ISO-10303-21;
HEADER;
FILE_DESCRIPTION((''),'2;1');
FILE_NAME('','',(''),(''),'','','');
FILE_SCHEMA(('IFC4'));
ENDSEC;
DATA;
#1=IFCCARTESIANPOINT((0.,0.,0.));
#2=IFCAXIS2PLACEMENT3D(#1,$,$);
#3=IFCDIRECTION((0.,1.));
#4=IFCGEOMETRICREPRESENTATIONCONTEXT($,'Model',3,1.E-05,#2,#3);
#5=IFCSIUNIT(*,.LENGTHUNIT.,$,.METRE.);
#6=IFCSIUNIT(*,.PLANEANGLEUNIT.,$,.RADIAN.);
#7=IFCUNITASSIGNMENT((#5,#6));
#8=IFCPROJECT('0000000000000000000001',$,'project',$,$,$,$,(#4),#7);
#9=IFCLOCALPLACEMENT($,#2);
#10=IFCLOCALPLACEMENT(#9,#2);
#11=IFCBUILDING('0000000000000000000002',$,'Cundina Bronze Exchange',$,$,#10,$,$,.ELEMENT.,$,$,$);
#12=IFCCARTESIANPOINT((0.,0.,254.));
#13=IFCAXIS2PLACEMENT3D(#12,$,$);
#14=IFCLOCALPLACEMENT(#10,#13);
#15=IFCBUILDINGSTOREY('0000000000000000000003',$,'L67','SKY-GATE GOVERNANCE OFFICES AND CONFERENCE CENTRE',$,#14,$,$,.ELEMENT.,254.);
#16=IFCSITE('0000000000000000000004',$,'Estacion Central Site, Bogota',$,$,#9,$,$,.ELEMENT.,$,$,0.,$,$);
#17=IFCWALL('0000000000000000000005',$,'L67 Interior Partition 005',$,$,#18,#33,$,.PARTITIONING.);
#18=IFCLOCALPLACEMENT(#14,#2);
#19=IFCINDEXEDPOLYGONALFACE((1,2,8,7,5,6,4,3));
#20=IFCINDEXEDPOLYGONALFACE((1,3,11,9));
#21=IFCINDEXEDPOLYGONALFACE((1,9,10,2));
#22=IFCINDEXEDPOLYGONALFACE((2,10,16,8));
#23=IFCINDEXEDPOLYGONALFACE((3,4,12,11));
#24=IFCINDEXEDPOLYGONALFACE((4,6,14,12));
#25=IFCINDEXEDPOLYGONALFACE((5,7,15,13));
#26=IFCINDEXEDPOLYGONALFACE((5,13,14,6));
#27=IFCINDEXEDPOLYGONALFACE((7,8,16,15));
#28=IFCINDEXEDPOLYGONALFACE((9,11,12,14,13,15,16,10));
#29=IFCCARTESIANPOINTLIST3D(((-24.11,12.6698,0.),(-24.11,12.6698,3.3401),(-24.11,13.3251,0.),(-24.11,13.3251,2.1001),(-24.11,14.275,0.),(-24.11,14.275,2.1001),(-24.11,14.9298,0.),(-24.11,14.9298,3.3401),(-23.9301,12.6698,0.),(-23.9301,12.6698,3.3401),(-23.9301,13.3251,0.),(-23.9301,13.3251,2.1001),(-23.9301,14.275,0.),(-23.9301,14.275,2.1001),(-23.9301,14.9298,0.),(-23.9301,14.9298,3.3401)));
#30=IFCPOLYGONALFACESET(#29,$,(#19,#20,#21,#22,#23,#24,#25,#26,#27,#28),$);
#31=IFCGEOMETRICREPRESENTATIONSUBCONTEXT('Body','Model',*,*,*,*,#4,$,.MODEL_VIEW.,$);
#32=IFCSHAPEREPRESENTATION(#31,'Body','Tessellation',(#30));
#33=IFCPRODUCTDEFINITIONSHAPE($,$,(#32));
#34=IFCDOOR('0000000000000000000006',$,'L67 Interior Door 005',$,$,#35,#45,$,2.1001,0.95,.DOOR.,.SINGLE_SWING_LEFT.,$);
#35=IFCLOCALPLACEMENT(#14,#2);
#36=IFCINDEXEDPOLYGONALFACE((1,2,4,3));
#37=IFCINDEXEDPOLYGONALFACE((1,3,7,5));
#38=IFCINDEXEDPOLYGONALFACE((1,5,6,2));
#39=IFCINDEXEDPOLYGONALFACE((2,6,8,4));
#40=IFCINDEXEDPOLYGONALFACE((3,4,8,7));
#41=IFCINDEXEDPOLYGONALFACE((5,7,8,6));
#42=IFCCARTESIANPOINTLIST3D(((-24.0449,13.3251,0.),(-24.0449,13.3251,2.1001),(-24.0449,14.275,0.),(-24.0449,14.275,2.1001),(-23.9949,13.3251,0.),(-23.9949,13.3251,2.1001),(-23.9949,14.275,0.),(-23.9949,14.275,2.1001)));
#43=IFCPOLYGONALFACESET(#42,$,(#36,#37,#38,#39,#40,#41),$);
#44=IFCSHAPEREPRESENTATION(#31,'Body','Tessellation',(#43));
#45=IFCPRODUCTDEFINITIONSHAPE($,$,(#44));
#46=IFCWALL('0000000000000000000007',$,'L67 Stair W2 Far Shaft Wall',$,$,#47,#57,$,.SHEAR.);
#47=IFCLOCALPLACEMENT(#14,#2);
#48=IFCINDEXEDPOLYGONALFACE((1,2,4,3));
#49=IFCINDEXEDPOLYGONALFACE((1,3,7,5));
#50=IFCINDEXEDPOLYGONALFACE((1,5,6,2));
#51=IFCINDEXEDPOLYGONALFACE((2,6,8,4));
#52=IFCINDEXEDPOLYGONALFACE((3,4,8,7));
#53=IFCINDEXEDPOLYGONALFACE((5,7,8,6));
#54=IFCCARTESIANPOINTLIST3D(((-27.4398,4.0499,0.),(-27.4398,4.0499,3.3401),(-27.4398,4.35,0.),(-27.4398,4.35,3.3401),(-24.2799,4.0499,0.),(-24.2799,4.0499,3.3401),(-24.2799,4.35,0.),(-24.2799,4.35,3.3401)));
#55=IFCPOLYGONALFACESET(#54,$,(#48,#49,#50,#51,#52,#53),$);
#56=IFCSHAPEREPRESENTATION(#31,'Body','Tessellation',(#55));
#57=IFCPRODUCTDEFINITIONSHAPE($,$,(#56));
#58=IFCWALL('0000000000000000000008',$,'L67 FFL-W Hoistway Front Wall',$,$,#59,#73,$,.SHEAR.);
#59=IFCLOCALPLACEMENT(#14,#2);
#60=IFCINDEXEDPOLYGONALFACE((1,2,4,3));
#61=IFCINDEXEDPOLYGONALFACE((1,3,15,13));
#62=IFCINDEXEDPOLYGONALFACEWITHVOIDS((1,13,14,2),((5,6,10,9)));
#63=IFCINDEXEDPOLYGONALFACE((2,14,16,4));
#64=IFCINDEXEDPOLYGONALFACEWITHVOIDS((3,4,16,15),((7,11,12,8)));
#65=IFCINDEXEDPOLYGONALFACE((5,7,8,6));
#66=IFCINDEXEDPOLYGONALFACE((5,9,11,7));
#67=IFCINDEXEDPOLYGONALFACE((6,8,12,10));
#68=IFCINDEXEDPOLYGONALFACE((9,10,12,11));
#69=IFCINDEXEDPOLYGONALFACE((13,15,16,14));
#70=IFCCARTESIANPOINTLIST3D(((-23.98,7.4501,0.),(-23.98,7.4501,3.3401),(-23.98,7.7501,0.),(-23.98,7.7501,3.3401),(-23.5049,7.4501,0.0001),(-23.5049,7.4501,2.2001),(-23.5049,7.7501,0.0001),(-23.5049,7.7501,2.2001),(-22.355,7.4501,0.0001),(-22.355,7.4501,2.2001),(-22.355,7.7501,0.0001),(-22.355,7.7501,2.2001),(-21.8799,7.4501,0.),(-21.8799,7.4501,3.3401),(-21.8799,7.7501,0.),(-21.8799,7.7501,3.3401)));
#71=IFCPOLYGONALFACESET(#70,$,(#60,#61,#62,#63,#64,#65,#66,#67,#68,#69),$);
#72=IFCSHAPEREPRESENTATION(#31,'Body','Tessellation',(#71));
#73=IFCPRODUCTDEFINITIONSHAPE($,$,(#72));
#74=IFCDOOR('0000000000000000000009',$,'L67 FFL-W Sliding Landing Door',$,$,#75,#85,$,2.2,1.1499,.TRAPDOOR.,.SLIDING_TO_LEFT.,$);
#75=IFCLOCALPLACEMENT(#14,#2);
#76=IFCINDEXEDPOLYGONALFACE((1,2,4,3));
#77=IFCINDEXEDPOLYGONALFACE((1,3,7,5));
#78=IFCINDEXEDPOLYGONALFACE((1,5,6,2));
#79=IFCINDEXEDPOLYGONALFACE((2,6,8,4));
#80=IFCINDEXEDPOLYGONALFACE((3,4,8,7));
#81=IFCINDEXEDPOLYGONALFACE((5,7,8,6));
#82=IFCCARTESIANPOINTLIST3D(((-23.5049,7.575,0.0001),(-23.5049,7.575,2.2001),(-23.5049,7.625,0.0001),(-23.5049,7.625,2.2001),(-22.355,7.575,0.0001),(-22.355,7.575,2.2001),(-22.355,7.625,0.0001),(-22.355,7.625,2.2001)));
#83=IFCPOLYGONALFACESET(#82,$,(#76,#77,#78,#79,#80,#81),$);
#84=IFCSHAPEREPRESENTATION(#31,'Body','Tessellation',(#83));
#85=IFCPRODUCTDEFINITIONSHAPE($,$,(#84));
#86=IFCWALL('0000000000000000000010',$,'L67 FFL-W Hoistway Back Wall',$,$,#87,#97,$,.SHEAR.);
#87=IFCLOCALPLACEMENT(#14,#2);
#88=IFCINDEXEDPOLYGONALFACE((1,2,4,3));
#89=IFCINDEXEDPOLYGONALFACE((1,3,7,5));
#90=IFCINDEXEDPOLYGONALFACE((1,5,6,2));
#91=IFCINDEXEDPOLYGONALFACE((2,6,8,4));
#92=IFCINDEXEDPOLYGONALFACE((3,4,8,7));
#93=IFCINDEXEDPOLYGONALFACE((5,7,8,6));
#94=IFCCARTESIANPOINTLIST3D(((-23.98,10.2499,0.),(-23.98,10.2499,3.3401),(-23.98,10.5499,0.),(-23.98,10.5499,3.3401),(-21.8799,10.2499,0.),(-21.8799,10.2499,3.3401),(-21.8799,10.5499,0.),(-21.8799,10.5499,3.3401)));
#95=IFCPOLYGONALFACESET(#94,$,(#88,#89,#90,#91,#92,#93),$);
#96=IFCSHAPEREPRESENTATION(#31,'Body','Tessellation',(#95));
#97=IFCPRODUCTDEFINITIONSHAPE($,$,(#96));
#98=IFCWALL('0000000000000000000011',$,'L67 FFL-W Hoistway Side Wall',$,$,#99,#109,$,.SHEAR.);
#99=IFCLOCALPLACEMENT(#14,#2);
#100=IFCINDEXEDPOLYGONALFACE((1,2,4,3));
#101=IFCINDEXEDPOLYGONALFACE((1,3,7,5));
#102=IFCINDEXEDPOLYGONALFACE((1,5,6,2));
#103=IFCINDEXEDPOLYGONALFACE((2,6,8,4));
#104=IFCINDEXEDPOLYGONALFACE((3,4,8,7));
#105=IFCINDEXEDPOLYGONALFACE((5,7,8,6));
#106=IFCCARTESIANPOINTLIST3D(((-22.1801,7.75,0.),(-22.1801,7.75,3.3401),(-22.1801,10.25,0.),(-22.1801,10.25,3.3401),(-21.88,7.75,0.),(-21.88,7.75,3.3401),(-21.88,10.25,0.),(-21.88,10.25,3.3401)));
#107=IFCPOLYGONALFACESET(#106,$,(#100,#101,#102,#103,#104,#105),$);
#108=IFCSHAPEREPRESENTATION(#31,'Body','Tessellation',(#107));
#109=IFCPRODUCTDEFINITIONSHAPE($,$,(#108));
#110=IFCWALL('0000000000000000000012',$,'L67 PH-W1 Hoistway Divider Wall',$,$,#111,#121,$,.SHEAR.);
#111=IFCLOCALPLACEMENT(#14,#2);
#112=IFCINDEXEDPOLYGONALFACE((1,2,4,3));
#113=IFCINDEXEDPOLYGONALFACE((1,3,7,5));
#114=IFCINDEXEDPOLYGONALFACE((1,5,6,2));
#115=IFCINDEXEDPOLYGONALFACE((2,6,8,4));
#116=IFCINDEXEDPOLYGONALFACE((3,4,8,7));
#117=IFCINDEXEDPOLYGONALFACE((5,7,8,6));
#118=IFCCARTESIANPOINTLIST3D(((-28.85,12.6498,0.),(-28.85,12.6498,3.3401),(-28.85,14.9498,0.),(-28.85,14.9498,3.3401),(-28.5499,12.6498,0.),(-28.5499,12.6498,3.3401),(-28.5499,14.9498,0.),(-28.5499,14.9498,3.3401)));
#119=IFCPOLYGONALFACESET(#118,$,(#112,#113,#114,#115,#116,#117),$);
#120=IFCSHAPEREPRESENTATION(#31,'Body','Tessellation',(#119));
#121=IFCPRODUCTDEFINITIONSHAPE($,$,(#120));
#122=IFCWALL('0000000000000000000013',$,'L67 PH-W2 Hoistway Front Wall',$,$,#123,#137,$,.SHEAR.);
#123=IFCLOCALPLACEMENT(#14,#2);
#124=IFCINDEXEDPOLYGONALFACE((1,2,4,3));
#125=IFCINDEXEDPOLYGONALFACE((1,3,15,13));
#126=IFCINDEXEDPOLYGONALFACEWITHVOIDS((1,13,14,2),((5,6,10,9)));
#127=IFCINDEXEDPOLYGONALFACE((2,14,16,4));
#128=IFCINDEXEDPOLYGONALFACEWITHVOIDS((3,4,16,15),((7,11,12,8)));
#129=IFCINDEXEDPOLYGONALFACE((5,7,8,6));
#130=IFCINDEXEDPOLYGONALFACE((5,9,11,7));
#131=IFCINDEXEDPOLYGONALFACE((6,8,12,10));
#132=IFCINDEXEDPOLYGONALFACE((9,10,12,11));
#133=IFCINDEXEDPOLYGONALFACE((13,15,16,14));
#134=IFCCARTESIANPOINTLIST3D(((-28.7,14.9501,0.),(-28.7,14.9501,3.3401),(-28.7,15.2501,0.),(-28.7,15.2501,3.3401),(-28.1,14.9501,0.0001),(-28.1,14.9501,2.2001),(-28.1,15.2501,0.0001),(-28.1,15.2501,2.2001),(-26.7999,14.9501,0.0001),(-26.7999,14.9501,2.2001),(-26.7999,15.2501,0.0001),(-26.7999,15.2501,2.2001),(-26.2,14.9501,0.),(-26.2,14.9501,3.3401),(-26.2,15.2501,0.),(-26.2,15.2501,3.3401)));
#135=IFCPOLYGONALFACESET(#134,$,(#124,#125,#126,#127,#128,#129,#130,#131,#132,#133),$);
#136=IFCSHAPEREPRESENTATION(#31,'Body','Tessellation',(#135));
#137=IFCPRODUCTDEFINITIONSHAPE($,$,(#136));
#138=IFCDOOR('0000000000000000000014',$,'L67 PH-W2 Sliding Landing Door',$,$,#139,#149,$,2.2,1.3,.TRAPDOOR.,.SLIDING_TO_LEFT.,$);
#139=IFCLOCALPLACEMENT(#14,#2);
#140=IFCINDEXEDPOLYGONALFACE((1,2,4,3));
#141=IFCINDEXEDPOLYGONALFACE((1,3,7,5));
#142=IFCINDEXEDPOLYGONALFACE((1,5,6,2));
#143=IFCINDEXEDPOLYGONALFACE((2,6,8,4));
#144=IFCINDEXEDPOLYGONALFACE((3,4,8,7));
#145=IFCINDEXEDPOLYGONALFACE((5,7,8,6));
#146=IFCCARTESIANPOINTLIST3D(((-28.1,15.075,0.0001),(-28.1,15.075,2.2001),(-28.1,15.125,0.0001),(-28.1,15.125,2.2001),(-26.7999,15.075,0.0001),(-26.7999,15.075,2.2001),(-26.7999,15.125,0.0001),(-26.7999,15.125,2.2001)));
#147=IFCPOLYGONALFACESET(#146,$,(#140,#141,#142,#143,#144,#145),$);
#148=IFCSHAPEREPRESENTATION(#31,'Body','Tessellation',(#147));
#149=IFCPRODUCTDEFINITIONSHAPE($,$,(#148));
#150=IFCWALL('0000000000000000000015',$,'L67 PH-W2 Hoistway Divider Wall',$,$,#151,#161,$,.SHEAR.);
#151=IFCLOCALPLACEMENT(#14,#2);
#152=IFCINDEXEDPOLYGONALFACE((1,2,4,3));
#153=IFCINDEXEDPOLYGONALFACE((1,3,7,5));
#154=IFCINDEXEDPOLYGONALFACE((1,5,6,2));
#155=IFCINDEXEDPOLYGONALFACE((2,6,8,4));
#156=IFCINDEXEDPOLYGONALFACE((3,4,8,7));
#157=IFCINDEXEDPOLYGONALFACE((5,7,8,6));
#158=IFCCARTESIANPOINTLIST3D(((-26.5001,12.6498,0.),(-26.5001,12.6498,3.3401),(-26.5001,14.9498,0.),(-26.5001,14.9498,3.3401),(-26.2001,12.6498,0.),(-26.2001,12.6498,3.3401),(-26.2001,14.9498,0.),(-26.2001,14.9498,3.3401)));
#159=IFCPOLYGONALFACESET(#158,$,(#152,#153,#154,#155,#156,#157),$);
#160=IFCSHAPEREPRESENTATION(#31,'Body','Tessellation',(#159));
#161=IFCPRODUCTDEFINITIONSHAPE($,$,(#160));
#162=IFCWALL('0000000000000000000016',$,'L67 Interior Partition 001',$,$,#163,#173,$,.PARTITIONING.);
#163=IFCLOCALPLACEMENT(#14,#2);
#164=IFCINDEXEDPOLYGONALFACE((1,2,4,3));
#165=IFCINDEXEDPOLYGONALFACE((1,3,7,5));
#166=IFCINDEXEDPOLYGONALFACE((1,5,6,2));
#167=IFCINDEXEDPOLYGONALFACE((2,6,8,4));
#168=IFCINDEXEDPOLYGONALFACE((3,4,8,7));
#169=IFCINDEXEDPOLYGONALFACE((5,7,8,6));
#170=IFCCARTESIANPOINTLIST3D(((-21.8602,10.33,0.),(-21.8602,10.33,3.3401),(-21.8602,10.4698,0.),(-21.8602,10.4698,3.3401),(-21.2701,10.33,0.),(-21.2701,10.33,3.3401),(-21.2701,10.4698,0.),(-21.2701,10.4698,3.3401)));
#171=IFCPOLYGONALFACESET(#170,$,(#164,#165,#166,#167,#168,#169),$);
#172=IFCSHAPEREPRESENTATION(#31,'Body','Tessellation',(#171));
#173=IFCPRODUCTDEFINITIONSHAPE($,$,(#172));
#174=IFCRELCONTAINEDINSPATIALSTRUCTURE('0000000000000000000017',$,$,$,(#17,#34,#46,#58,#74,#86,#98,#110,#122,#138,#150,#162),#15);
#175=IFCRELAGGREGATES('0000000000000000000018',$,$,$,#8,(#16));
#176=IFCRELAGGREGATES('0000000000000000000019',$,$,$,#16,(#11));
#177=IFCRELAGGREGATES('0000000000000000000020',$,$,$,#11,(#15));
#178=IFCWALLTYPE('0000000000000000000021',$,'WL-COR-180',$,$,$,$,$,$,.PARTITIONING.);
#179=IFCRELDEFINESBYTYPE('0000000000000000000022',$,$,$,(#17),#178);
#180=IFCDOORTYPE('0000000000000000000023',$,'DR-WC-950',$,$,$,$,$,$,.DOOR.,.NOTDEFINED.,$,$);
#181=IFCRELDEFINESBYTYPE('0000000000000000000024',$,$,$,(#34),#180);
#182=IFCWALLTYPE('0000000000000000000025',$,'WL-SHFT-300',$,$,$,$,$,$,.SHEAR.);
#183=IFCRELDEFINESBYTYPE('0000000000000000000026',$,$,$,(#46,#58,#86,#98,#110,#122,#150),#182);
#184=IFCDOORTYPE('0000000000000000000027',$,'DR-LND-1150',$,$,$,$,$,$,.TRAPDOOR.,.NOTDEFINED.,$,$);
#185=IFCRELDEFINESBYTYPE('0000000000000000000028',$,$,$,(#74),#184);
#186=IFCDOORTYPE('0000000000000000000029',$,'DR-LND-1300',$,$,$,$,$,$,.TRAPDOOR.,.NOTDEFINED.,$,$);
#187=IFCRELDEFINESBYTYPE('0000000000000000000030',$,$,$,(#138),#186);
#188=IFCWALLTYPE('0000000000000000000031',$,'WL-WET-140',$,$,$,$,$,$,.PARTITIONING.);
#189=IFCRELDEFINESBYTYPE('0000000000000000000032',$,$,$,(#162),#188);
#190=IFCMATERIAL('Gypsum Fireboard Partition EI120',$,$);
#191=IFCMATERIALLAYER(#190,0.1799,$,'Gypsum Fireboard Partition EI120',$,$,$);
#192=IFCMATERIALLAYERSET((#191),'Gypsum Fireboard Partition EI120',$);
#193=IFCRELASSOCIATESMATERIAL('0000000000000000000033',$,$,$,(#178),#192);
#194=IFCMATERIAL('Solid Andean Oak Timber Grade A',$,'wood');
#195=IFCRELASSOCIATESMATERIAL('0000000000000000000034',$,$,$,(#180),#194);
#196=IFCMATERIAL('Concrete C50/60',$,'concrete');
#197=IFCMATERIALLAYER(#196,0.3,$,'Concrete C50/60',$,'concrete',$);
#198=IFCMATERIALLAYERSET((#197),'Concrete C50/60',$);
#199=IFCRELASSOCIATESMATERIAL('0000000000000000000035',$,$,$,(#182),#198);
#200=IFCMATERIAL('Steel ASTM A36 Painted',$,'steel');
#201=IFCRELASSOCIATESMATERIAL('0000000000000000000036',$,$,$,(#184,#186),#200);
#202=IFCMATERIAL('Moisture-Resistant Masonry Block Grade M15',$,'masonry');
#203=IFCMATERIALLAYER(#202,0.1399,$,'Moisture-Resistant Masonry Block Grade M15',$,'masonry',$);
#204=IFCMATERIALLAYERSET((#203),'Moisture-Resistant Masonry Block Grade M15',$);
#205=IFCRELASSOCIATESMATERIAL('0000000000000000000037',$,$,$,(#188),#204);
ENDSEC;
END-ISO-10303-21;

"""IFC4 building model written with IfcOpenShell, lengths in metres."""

from ifc_helpers import new_model, si_unit, direction, frame, frame_2d, origin, place, context, subcontext, project, spatial, rectangle, extrude, material, layer, layer_set, type_object, element, fill, save


model = new_model("IFC4")

# Units and contexts
model_context = context("Model", 3, precision=1e-05, world=origin(), true_north=direction((0.0, 1.0)))
body_context = subcontext(model_context, "Body", "Model", "MODEL_VIEW")
ifc_project = project(units=[si_unit("LENGTHUNIT", "METRE"), si_unit("PLANEANGLEUNIT", "RADIAN")], contexts=[model_context])

# Site, building, storey
site_placement = place(None, origin())
site = spatial("IfcSite", under=ifc_project, at=site_placement, Name="Estacion Central Site, Bogota", CompositionType="ELEMENT", RefElevation=0.0)
building_placement = place(site_placement, origin())
building = spatial("IfcBuilding", under=site, at=building_placement, Name="Cundina Bronze Exchange", CompositionType="ELEMENT")
storey_placement = place(building_placement, frame((0.0, 0.0, 254.0)))
storey = spatial("IfcBuildingStorey", under=building, at=storey_placement, Name="L67", Description="SKY-GATE GOVERNANCE OFFICES AND CONFERENCE CENTRE", CompositionType="ELEMENT", Elevation=254.0)

# Shared definitions
ifc_material_1 = material(Name="Concrete C50/60", Category="concrete")

# Shared definitions
ifc_material_2 = material(Name="Gypsum Fireboard Partition EI120")
ifc_layer_1 = layer(ifc_material_2, 0.1799, Name="Gypsum Fireboard Partition EI120")
ifc_layer_set_1 = layer_set([ifc_layer_1], Name="Gypsum Fireboard Partition EI120")
wall_type_1 = type_object("IfcWallType", Name="WL-COR-180", PredefinedType="PARTITIONING", material=ifc_layer_set_1)

# Wall, opening, door
wall_1_placement = place(storey_placement, frame((-24.02, 12.6699, 0.0), z_axis=(0.0, 0.0, 1.0), x_axis=(0.0, 1.0, 0.0)))
wall_1 = element("IfcWall", 1, at=wall_1_placement, inside=storey, type_object=wall_type_1, Name="L67 Interior Partition 005", PredefinedType="PARTITIONING", context=body_context, shape_type="SweptSolid", body=[
    extrude(rectangle(XDim=2.26, YDim=0.1799, at=frame_2d((1.1299, 0.0))), origin(), (0.0, 0.0, 1.0), 3.3401),
])
opening_1_placement = place(wall_1_placement, frame((0.655, 0.0, 0.0)))
opening_1 = element("IfcOpeningElement", 2, at=opening_1_placement, cuts=wall_1, PredefinedType="OPENING", context=body_context, shape_type="SweptSolid", body=[
    extrude(rectangle(XDim=0.95, YDim=2.1001, at=frame_2d((0.4751, 1.05))), frame((0.0, 0.0999, 0.0), z_axis=(0.0, -1.0, 0.0), x_axis=(1.0, 0.0, 0.0)), (0.0, 0.0, 1.0), 0.2),
])
ifc_material_3 = material(Name="Solid Andean Oak Timber Grade A", Category="wood")
door_type_1 = type_object("IfcDoorType", Name="DR-WC-950", OperationType="NOTDEFINED", PredefinedType="DOOR", material=ifc_material_3)
door_1_placement = place(opening_1_placement, origin())
door_1 = element("IfcDoor", 3, at=door_1_placement, inside=storey, type_object=door_type_1, Name="L67 Interior Door 005", OperationType="SINGLE_SWING_LEFT", OverallHeight=2.1001, OverallWidth=0.95, PredefinedType="DOOR", context=body_context, shape_type="SweptSolid", body=[
    extrude(rectangle(XDim=0.95, YDim=2.1001, at=frame_2d((0.4751, 1.05))), frame((0.0, 0.0249, 0.0), z_axis=(0.0, -1.0, 0.0), x_axis=(1.0, 0.0, 0.0)), (0.0, 0.0, 1.0), 0.05),
])
fill(opening_1, door_1)
ifc_layer_2 = layer(ifc_material_1, 0.3, Name="Concrete C50/60", Category="concrete")
ifc_layer_set_2 = layer_set([ifc_layer_2], Name="Concrete C50/60")
wall_type_2 = type_object("IfcWallType", Name="WL-SHFT-300", PredefinedType="SHEAR", material=ifc_layer_set_2)
ifc_material_4 = material(Name="Steel ASTM A36 Painted", Category="steel")

# Wall
wall_2_placement = place(storey_placement, frame((-27.4399, 4.2, 0.0), z_axis=(0.0, 0.0, 1.0), x_axis=(1.0, 0.0, 0.0)))
element("IfcWall", 4, at=wall_2_placement, inside=storey, type_object=wall_type_2, Name="L67 Stair W2 Far Shaft Wall", PredefinedType="SHEAR", context=body_context, shape_type="SweptSolid", body=[
    extrude(rectangle(XDim=3.1599, YDim=0.3, at=frame_2d((1.5801, 0.0))), origin(), (0.0, 0.0, 1.0), 3.3401),
])

# Wall, opening, door
wall_3_placement = place(storey_placement, frame((-23.98, 7.6001, 0.0), z_axis=(0.0, 0.0, 1.0), x_axis=(1.0, 0.0, 0.0)))
wall_3 = element("IfcWall", 5, at=wall_3_placement, inside=storey, type_object=wall_type_2, Name="L67 FFL-W Hoistway Front Wall", PredefinedType="SHEAR", context=body_context, shape_type="SweptSolid", body=[
    extrude(rectangle(XDim=2.1001, YDim=0.3, at=frame_2d((1.05, 0.0))), origin(), (0.0, 0.0, 1.0), 3.3401),
])
opening_2_placement = place(wall_3_placement, frame((0.4751, 0.0, 0.0)))
opening_2 = element("IfcOpeningElement", 6, at=opening_2_placement, cuts=wall_3, PredefinedType="OPENING", context=body_context, shape_type="SweptSolid", body=[
    extrude(rectangle(XDim=1.1499, YDim=2.2, at=frame_2d((0.575, 1.1001))), frame((0.0, 0.1599, 0.0), z_axis=(0.0, -1.0, 0.0), x_axis=(1.0, 0.0, 0.0)), (0.0, 0.0, 1.0), 0.3201),
])
door_type_2 = type_object("IfcDoorType", Name="DR-LND-1150", OperationType="NOTDEFINED", PredefinedType="TRAPDOOR", material=ifc_material_4)
door_2_placement = place(opening_2_placement, origin())
door_2 = element("IfcDoor", 7, at=door_2_placement, inside=storey, type_object=door_type_2, Name="L67 FFL-W Sliding Landing Door", OperationType="SLIDING_TO_LEFT", OverallHeight=2.2, OverallWidth=1.1499, PredefinedType="TRAPDOOR", context=body_context, shape_type="SweptSolid", body=[
    extrude(rectangle(XDim=1.1499, YDim=2.2, at=frame_2d((0.575, 1.1001))), frame((0.0, 0.0249, 0.0), z_axis=(0.0, -1.0, 0.0), x_axis=(1.0, 0.0, 0.0)), (0.0, 0.0, 1.0), 0.05),
])
fill(opening_2, door_2)

# Walls
wall_4_placement = place(storey_placement, frame((-23.98, 10.3999, 0.0), z_axis=(0.0, 0.0, 1.0), x_axis=(1.0, 0.0, 0.0)))
element("IfcWall", 8, at=wall_4_placement, inside=storey, type_object=wall_type_2, Name="L67 FFL-W Hoistway Back Wall", PredefinedType="SHEAR", context=body_context, shape_type="SweptSolid", body=[
    extrude(rectangle(XDim=2.1001, YDim=0.3, at=frame_2d((1.05, 0.0))), origin(), (0.0, 0.0, 1.0), 3.3401),
])
wall_5_placement = place(storey_placement, frame((-22.03, 7.75, 0.0), z_axis=(0.0, 0.0, 1.0), x_axis=(0.0, 1.0, 0.0)))
element("IfcWall", 9, at=wall_5_placement, inside=storey, type_object=wall_type_2, Name="L67 FFL-W Hoistway Side Wall", PredefinedType="SHEAR", context=body_context, shape_type="SweptSolid", body=[
    extrude(rectangle(XDim=2.5, YDim=0.3, at=frame_2d((1.25, 0.0))), origin(), (0.0, 0.0, 1.0), 3.3401),
])
wall_6_placement = place(storey_placement, frame((-28.7, 12.6499, 0.0), z_axis=(0.0, 0.0, 1.0), x_axis=(0.0, 1.0, 0.0)))
element("IfcWall", 10, at=wall_6_placement, inside=storey, type_object=wall_type_2, Name="L67 PH-W1 Hoistway Divider Wall", PredefinedType="SHEAR", context=body_context, shape_type="SweptSolid", body=[
    extrude(rectangle(XDim=2.3, YDim=0.3, at=frame_2d((1.1499, 0.0))), origin(), (0.0, 0.0, 1.0), 3.3401),
])

# Wall, opening, door
wall_7_placement = place(storey_placement, frame((-28.7, 15.1001, 0.0), z_axis=(0.0, 0.0, 1.0), x_axis=(1.0, 0.0, 0.0)))
wall_7 = element("IfcWall", 11, at=wall_7_placement, inside=storey, type_object=wall_type_2, Name="L67 PH-W2 Hoistway Front Wall", PredefinedType="SHEAR", context=body_context, shape_type="SweptSolid", body=[
    extrude(rectangle(XDim=2.5, YDim=0.3, at=frame_2d((1.25, 0.0))), origin(), (0.0, 0.0, 1.0), 3.3401),
])
opening_3_placement = place(wall_7_placement, frame((0.6001, 0.0, 0.0)))
opening_3 = element("IfcOpeningElement", 12, at=opening_3_placement, cuts=wall_7, PredefinedType="OPENING", context=body_context, shape_type="SweptSolid", body=[
    extrude(rectangle(XDim=1.3, YDim=2.2, at=frame_2d((0.6499, 1.1001))), frame((0.0, 0.1599, 0.0), z_axis=(0.0, -1.0, 0.0), x_axis=(1.0, 0.0, 0.0)), (0.0, 0.0, 1.0), 0.3201),
])
door_type_3 = type_object("IfcDoorType", Name="DR-LND-1300", OperationType="NOTDEFINED", PredefinedType="TRAPDOOR", material=ifc_material_4)
door_3_placement = place(opening_3_placement, origin())
door_3 = element("IfcDoor", 13, at=door_3_placement, inside=storey, type_object=door_type_3, Name="L67 PH-W2 Sliding Landing Door", OperationType="SLIDING_TO_LEFT", OverallHeight=2.2, OverallWidth=1.3, PredefinedType="TRAPDOOR", context=body_context, shape_type="SweptSolid", body=[
    extrude(rectangle(XDim=1.3, YDim=2.2, at=frame_2d((0.6499, 1.1001))), frame((0.0, 0.0249, 0.0), z_axis=(0.0, -1.0, 0.0), x_axis=(1.0, 0.0, 0.0)), (0.0, 0.0, 1.0), 0.05),
])
fill(opening_3, door_3)

# Walls
wall_8_placement = place(storey_placement, frame((-26.3501, 12.6499, 0.0), z_axis=(0.0, 0.0, 1.0), x_axis=(0.0, 1.0, 0.0)))
element("IfcWall", 14, at=wall_8_placement, inside=storey, type_object=wall_type_2, Name="L67 PH-W2 Hoistway Divider Wall", PredefinedType="SHEAR", context=body_context, shape_type="SweptSolid", body=[
    extrude(rectangle(XDim=2.3, YDim=0.3, at=frame_2d((1.1499, 0.0))), origin(), (0.0, 0.0, 1.0), 3.3401),
])
ifc_material_5 = material(Name="Moisture-Resistant Masonry Block Grade M15", Category="masonry")
ifc_layer_3 = layer(ifc_material_5, 0.1399, Name="Moisture-Resistant Masonry Block Grade M15", Category="masonry")
ifc_layer_set_3 = layer_set([ifc_layer_3], Name="Moisture-Resistant Masonry Block Grade M15")
wall_type_3 = type_object("IfcWallType", Name="WL-WET-140", PredefinedType="PARTITIONING", material=ifc_layer_set_3)
wall_9_placement = place(storey_placement, frame((-21.8601, 10.3999, 0.0), z_axis=(0.0, 0.0, 1.0), x_axis=(1.0, 0.0, 0.0)))
element("IfcWall", 15, at=wall_9_placement, inside=storey, type_object=wall_type_3, Name="L67 Interior Partition 001", PredefinedType="PARTITIONING", context=body_context, shape_type="SweptSolid", body=[
    extrude(rectangle(XDim=0.5901, YDim=0.1399, at=frame_2d((0.2949, 0.0))), origin(), (0.0, 0.0, 1.0), 3.3401),
])

save(model, "model.ifc")
